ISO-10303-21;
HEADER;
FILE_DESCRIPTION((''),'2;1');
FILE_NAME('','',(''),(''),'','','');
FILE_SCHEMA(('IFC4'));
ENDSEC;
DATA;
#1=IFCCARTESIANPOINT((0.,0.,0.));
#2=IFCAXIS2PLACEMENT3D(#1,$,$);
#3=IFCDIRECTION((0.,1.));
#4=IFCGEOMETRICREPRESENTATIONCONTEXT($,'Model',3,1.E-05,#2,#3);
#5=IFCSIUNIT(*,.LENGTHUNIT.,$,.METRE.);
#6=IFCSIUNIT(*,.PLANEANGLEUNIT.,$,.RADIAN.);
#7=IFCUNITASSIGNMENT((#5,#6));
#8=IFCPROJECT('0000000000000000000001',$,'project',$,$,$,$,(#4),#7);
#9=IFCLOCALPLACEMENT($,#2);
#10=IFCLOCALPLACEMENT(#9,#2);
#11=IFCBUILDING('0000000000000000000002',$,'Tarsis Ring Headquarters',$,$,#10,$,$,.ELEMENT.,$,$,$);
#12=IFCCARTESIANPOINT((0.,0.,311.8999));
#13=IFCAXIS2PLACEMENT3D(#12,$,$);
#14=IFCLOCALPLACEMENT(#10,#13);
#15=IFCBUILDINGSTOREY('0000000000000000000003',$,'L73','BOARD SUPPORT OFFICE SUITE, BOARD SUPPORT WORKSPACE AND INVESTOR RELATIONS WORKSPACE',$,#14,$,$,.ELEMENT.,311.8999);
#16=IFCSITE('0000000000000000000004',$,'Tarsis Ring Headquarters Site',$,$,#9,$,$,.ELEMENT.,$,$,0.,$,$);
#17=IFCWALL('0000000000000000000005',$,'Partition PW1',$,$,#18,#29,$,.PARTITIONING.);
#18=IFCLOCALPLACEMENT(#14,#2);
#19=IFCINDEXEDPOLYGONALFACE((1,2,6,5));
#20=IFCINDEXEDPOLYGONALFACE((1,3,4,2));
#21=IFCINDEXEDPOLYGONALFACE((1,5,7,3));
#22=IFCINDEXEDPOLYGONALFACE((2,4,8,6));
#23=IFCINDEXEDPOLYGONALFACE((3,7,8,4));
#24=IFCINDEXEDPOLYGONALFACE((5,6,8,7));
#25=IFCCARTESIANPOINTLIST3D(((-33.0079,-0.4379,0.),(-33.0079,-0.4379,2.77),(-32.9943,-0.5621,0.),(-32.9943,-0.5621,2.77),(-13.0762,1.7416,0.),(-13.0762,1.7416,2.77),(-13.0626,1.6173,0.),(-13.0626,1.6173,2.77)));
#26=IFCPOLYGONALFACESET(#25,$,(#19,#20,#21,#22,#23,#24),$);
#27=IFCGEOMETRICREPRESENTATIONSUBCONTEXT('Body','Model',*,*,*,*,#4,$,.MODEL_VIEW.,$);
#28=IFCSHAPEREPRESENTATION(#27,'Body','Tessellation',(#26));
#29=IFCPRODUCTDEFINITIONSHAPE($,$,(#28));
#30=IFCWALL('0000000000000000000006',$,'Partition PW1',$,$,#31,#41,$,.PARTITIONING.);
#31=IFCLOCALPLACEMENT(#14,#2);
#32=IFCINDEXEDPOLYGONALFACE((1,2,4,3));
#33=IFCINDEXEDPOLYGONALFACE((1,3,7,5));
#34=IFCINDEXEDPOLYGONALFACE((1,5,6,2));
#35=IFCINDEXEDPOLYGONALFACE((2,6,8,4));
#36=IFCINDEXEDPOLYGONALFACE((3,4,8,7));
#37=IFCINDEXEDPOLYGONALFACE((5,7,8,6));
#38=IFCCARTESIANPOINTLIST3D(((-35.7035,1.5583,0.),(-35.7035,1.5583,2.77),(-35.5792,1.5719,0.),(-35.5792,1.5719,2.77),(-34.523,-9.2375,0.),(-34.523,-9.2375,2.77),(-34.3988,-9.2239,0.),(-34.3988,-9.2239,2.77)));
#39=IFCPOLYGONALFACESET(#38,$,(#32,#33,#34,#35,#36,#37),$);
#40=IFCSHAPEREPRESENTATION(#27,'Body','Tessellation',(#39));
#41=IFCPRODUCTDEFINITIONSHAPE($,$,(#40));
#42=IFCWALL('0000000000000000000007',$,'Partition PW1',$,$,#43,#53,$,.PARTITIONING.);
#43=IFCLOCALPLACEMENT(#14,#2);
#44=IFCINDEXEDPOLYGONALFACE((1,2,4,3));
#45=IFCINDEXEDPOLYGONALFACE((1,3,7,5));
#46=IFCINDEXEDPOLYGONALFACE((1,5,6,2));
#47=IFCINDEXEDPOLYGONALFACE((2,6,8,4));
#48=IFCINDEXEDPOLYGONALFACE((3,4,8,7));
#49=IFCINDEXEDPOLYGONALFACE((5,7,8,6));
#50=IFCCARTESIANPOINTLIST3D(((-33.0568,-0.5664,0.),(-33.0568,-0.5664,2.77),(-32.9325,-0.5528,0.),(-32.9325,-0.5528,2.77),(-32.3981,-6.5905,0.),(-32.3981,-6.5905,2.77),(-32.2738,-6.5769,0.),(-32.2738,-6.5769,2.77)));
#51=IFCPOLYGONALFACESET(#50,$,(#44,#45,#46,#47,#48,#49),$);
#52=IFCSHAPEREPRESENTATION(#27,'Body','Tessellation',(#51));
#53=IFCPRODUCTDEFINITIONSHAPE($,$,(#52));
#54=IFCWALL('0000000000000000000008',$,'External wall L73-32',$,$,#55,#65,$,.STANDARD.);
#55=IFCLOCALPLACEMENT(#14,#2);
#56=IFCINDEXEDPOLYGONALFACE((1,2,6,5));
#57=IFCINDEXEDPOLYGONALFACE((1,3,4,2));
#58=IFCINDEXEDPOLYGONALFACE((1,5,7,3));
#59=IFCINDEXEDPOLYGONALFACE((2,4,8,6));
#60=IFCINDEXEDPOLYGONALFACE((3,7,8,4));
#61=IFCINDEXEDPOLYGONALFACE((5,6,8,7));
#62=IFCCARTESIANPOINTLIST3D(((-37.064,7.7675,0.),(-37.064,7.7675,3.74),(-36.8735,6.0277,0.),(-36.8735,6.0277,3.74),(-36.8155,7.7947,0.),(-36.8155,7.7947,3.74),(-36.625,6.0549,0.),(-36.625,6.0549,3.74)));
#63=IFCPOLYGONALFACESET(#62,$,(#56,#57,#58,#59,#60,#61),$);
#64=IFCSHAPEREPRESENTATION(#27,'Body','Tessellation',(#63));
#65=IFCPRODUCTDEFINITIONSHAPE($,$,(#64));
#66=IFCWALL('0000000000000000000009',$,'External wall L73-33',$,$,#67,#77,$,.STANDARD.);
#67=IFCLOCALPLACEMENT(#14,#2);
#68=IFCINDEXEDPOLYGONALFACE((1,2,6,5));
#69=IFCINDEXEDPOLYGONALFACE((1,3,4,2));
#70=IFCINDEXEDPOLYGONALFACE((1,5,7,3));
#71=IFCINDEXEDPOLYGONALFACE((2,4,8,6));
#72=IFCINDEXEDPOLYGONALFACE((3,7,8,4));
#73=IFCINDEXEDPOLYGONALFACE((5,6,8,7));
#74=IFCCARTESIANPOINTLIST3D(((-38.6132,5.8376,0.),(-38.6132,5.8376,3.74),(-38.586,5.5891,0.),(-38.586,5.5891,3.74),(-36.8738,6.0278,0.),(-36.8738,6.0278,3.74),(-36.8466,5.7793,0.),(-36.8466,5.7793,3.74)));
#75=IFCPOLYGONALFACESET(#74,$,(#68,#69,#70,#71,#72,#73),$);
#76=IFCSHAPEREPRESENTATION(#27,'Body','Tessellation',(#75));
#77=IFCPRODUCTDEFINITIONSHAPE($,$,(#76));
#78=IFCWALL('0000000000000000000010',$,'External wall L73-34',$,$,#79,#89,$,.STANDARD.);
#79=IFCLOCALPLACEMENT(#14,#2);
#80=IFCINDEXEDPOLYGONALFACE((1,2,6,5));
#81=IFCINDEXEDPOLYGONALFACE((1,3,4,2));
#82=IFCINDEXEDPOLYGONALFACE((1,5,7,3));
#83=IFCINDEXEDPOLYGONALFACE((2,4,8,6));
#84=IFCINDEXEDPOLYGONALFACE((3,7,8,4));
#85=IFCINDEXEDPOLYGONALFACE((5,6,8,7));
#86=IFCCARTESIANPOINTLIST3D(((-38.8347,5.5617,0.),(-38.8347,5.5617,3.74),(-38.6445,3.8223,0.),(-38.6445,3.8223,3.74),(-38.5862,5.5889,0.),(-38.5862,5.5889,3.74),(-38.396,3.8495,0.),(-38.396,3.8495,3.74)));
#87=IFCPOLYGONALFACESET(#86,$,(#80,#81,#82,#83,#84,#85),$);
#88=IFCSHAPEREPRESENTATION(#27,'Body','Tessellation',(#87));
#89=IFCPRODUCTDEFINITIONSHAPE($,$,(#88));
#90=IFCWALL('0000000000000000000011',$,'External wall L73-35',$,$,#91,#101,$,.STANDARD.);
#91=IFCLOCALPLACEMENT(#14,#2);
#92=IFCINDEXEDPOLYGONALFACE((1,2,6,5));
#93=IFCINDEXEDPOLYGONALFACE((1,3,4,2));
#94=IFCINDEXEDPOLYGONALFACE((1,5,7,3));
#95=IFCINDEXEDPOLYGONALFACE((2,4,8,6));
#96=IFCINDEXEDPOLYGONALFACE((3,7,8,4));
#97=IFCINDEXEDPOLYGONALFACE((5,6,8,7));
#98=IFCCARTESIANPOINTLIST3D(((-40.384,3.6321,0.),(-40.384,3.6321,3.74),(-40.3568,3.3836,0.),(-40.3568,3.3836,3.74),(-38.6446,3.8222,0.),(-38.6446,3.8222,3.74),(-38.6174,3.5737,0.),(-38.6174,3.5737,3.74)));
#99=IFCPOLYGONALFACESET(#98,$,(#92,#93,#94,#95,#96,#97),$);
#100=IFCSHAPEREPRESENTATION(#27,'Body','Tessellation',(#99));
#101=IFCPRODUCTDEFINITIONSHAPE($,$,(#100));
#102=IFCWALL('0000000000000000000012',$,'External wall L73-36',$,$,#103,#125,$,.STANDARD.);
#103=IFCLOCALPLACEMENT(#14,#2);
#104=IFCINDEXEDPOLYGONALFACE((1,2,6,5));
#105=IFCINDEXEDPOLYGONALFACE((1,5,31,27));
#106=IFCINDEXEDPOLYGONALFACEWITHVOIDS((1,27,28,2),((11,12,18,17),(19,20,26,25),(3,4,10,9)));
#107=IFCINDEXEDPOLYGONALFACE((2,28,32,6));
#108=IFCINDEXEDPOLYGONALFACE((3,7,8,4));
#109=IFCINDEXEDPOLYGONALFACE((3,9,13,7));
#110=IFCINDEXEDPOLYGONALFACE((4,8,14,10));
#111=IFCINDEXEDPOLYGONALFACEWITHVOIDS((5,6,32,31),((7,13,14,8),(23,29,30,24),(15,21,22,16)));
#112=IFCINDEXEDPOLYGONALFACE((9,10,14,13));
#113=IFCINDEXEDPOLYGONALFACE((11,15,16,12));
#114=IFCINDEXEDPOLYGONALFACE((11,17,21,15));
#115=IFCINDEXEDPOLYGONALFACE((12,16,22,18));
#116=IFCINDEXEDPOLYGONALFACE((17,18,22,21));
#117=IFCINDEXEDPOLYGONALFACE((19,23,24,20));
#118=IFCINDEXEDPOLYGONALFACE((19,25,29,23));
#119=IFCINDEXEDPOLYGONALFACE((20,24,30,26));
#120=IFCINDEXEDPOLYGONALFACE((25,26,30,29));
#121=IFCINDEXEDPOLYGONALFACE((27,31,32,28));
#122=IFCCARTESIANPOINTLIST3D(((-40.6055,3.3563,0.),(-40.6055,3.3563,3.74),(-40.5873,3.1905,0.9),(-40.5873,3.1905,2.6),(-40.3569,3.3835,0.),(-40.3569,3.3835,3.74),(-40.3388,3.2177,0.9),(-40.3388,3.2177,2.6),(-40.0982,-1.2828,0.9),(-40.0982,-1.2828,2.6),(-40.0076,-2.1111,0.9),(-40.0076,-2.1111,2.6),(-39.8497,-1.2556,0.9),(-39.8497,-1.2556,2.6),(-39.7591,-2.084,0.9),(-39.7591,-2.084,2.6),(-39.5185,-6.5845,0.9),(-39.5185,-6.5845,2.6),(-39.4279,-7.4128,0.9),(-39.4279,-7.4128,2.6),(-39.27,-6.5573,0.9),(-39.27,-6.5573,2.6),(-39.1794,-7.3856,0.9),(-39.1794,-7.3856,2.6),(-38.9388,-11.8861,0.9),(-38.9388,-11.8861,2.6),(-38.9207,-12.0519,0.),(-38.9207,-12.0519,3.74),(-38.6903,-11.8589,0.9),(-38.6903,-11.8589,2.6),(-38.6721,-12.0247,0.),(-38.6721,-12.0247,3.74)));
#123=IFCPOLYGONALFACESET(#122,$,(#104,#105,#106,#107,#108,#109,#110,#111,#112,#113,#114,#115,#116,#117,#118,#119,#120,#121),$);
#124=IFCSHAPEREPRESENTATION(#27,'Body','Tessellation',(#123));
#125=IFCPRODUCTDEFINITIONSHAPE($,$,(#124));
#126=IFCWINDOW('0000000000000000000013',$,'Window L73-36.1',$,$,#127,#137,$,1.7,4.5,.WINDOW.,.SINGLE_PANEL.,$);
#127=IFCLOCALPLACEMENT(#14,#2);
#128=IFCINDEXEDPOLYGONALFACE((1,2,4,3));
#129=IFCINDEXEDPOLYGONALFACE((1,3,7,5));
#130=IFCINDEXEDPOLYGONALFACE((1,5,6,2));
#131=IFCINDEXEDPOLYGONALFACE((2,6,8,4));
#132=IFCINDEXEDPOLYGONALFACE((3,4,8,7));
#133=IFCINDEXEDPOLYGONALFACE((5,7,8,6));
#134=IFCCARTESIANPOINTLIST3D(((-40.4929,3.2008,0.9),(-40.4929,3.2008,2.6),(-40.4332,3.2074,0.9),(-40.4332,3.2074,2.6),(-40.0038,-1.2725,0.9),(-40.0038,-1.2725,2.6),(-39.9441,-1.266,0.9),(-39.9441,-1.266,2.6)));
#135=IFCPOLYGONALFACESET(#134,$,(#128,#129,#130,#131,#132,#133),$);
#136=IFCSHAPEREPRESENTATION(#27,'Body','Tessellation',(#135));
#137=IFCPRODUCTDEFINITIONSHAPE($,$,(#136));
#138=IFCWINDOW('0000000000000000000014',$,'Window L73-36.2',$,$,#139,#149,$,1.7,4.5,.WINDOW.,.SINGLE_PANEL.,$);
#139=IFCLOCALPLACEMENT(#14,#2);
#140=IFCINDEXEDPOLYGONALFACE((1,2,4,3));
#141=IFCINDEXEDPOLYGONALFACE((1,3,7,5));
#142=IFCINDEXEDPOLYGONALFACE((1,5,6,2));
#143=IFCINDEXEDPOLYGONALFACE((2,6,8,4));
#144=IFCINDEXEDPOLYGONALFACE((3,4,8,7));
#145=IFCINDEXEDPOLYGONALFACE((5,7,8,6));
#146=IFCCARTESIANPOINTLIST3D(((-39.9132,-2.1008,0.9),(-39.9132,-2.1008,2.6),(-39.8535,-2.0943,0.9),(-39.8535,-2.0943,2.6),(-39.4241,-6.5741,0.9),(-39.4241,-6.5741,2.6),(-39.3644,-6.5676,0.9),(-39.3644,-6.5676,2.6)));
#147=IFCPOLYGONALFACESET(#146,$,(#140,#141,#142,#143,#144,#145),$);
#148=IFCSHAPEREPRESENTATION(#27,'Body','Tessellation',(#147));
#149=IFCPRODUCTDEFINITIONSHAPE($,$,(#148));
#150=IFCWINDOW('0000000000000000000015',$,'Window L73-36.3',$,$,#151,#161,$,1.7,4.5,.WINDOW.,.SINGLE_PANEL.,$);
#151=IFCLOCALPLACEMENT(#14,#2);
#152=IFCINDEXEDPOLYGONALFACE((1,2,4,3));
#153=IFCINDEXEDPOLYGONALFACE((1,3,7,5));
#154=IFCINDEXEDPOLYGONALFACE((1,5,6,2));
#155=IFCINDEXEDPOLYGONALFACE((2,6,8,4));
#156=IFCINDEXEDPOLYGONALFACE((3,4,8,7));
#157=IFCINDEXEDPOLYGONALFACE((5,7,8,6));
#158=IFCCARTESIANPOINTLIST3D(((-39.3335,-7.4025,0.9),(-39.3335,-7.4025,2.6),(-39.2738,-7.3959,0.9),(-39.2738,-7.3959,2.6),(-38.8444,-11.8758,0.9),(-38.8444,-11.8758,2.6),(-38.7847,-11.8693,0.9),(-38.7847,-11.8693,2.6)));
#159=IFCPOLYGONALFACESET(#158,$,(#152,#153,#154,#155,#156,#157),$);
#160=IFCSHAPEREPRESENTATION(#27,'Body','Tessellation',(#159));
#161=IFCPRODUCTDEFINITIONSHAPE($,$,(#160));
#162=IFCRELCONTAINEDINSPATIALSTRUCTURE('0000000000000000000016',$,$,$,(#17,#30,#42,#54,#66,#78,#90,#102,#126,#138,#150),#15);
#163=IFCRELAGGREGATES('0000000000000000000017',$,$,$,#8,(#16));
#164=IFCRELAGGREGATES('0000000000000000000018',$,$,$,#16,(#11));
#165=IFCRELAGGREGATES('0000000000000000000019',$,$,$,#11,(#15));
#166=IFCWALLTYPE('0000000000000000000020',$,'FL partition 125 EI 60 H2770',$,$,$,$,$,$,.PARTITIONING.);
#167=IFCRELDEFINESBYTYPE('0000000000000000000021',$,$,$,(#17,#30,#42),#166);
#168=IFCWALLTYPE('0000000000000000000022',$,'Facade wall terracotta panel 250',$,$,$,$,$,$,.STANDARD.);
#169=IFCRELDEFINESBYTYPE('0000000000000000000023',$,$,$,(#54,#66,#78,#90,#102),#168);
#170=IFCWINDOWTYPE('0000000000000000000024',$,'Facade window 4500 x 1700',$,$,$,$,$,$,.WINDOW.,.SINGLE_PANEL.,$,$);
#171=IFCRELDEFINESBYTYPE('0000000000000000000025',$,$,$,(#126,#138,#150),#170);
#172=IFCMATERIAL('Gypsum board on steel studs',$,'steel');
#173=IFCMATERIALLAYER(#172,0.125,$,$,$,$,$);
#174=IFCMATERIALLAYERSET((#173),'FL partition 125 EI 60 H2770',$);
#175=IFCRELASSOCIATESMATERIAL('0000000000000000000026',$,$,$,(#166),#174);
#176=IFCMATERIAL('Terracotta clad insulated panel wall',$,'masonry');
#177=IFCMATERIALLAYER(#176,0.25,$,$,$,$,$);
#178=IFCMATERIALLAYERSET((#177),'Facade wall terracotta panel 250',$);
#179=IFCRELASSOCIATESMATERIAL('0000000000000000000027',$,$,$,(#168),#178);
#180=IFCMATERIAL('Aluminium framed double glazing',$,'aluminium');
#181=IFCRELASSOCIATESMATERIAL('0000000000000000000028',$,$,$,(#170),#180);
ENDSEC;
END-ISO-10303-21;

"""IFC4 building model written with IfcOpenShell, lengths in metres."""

from ifc_helpers import new_model, si_unit, direction, frame, frame_2d, origin, place, context, subcontext, project, spatial, rectangle, extrude, material, layer, layer_set, type_object, element, fill, save


model = new_model("IFC4")

# Units and contexts
model_context = context("Model", 3, precision=1e-05, world=origin(), true_north=direction((0.0, 1.0)))
body_context = subcontext(model_context, "Body", "Model", "MODEL_VIEW")
ifc_project = project(units=[si_unit("LENGTHUNIT", "METRE"), si_unit("PLANEANGLEUNIT", "RADIAN")], contexts=[model_context])

# Site, building, storey
site_placement = place(None, origin())
site = spatial("IfcSite", under=ifc_project, at=site_placement, Name="Tarsis Ring Headquarters Site", CompositionType="ELEMENT", RefElevation=0.0)
building_placement = place(site_placement, origin())
building = spatial("IfcBuilding", under=site, at=building_placement, Name="Tarsis Ring Headquarters", CompositionType="ELEMENT")
storey_placement = place(building_placement, frame((0.0, 0.0, 311.8999)))
storey = spatial("IfcBuildingStorey", under=building, at=storey_placement, Name="L73", Description="BOARD SUPPORT OFFICE SUITE, BOARD SUPPORT WORKSPACE AND INVESTOR RELATIONS WORKSPACE", CompositionType="ELEMENT", Elevation=311.8999)

# Shared definitions
ifc_material_1 = material(Name="Gypsum board on steel studs", Category="steel")

# Shared definitions
ifc_layer_1 = layer(ifc_material_1, 0.125)
ifc_layer_set_1 = layer_set([ifc_layer_1], Name="FL partition 125 EI 60 H2770")
wall_type_1 = type_object("IfcWallType", Name="FL partition 125 EI 60 H2770", PredefinedType="PARTITIONING", material=ifc_layer_set_1)

# Walls
wall_1_placement = place(storey_placement, frame((-33.0012, -0.5, 0.0), z_axis=(0.0, 0.0, 1.0), x_axis=(0.994075, 0.108698, 0.0)))
element("IfcWall", 1, at=wall_1_placement, inside=storey, type_object=wall_type_1, Name="Partition PW1", PredefinedType="PARTITIONING", context=body_context, shape_type="SweptSolid", body=[
    extrude(rectangle(XDim=20.0505, YDim=0.125, at=frame_2d((10.0254, 0.0))), origin(), (0.0, 0.0, 1.0), 2.77),
])
wall_2_placement = place(storey_placement, frame((-35.6414, 1.5652, 0.0), z_axis=(0.0, 0.0, 1.0), x_axis=(0.108694, -0.994075, 0.0)))
element("IfcWall", 2, at=wall_2_placement, inside=storey, type_object=wall_type_1, Name="Partition PW1", PredefinedType="PARTITIONING", context=body_context, shape_type="SweptSolid", body=[
    extrude(rectangle(XDim=10.8601, YDim=0.125, at=frame_2d((5.4302, 0.0))), origin(), (0.0, 0.0, 1.0), 2.77),
])
wall_3_placement = place(storey_placement, frame((-32.9946, -0.5596, 0.0), z_axis=(0.0, 0.0, 1.0), x_axis=(0.108694, -0.994075, 0.0)))
element("IfcWall", 3, at=wall_3_placement, inside=storey, type_object=wall_type_1, Name="Partition PW1", PredefinedType="PARTITIONING", context=body_context, shape_type="SweptSolid", body=[
    extrude(rectangle(XDim=6.0601, YDim=0.125, at=frame_2d((3.03, 0.0))), origin(), (0.0, 0.0, 1.0), 2.77),
])
ifc_material_2 = material(Name="Terracotta clad insulated panel wall", Category="masonry")
ifc_layer_2 = layer(ifc_material_2, 0.25)
ifc_layer_set_2 = layer_set([ifc_layer_2], Name="Facade wall terracotta panel 250")
wall_type_2 = type_object("IfcWallType", Name="Facade wall terracotta panel 250", PredefinedType="STANDARD", material=ifc_layer_set_2)
wall_4_placement = place(storey_placement, frame((-36.9397, 7.781, 0.0), z_axis=(0.0, 0.0, 1.0), x_axis=(0.108808, -0.994063, 0.0)))
element("IfcWall", 4, at=wall_4_placement, inside=storey, type_object=wall_type_2, Name="External wall L73-32", PredefinedType="STANDARD", context=body_context, shape_type="SweptSolid", body=[
    extrude(rectangle(XDim=1.7502, YDim=0.25, at=frame_2d((0.875, 0.0))), origin(), (0.0, 0.0, 1.0), 3.74),
])
for number, where, z_axis, x_axis, name in (
    (5, (-36.8601, 5.9036, 0.0), (0.0, 0.0, 1.0), (-0.994076, -0.108686, 0.0), "External wall L73-33"),
    (6, (-38.7104, 5.5754, 0.0), (0.0, 0.0, 1.0), (0.108686, -0.994076, 0.0), "External wall L73-34"),
    (7, (-38.6309, 3.698, 0.0), (0.0, 0.0, 1.0), (-0.994076, -0.108686, 0.0), "External wall L73-35"),
):
    element("IfcWall", number, at=place(storey_placement, frame(where, z_axis=z_axis, x_axis=x_axis)), inside=storey, type_object=wall_type_2, Name=name, PredefinedType="STANDARD", context=body_context, shape_type="SweptSolid", body=[
        extrude(rectangle(XDim=1.7498, YDim=0.25, at=frame_2d((0.875, 0.0))), origin(), (0.0, 0.0, 1.0), 3.74),
    ])

# Wall, openings, windows
wall_5_placement = place(storey_placement, frame((-40.4812, 3.3699, 0.0), z_axis=(0.0, 0.0, 1.0), x_axis=(0.108697, -0.994075, 0.0)))
wall_5 = element("IfcWall", 8, at=wall_5_placement, inside=storey, type_object=wall_type_2, Name="External wall L73-36", PredefinedType="STANDARD", context=body_context, shape_type="SweptSolid", body=[
    extrude(rectangle(XDim=15.5, YDim=0.25, at=frame_2d((7.75, 0.0))), origin(), (0.0, 0.0, 1.0), 3.74),
])
opening_1_placement = place(wall_5_placement, frame((0.1667, 0.0, 0.8999)))
opening_1 = element("IfcOpeningElement", 9, at=opening_1_placement, cuts=wall_5, PredefinedType="OPENING", context=body_context, shape_type="SweptSolid", body=[
    extrude(rectangle(XDim=4.5, YDim=1.7, at=frame_2d((2.25, 0.8501))), frame((0.0, 0.135, 0.0), z_axis=(0.0, -1.0, 0.0), x_axis=(1.0, 0.0, 0.0)), (0.0, 0.0, 1.0), 0.27),
])
opening_2_placement = place(wall_5_placement, frame((5.5, 0.0, 0.8999)))
opening_2 = element("IfcOpeningElement", 10, at=opening_2_placement, cuts=wall_5, PredefinedType="OPENING", context=body_context, shape_type="SweptSolid", body=[
    extrude(rectangle(XDim=4.5, YDim=1.7, at=frame_2d((2.25, 0.8501))), frame((0.0, 0.135, 0.0), z_axis=(0.0, -1.0, 0.0), x_axis=(1.0, 0.0, 0.0)), (0.0, 0.0, 1.0), 0.27),
])
opening_3_placement = place(wall_5_placement, frame((10.8333, 0.0, 0.8999)))
opening_3 = element("IfcOpeningElement", 11, at=opening_3_placement, cuts=wall_5, PredefinedType="OPENING", context=body_context, shape_type="SweptSolid", body=[
    extrude(rectangle(XDim=4.5, YDim=1.7, at=frame_2d((2.25, 0.8501))), frame((0.0, 0.135, 0.0), z_axis=(0.0, -1.0, 0.0), x_axis=(1.0, 0.0, 0.0)), (0.0, 0.0, 1.0), 0.27),
])
ifc_material_3 = material(Name="Aluminium framed double glazing", Category="aluminium")
window_type = type_object("IfcWindowType", Name="Facade window 4500 x 1700", PartitioningType="SINGLE_PANEL", PredefinedType="WINDOW", material=ifc_material_3)
window_1_placement = place(opening_1_placement, origin())
window_1 = element("IfcWindow", 12, at=window_1_placement, inside=storey, type_object=window_type, Name="Window L73-36.1", OverallHeight=1.7, OverallWidth=4.5, PartitioningType="SINGLE_PANEL", PredefinedType="WINDOW", context=body_context, shape_type="SweptSolid", body=[
    extrude(rectangle(XDim=4.5, YDim=1.7, at=frame_2d((2.25, 0.8501))), frame((0.0, 0.03, 0.0), z_axis=(0.0, -1.0, 0.0), x_axis=(1.0, 0.0, 0.0)), (0.0, 0.0, 1.0), 0.0601),
])
fill(opening_1, window_1)
window_2_placement = place(opening_2_placement, origin())
window_2 = element("IfcWindow", 13, at=window_2_placement, inside=storey, type_object=window_type, Name="Window L73-36.2", OverallHeight=1.7, OverallWidth=4.5, PartitioningType="SINGLE_PANEL", PredefinedType="WINDOW", context=body_context, shape_type="SweptSolid", body=[
    extrude(rectangle(XDim=4.5, YDim=1.7, at=frame_2d((2.25, 0.8501))), frame((0.0, 0.03, 0.0), z_axis=(0.0, -1.0, 0.0), x_axis=(1.0, 0.0, 0.0)), (0.0, 0.0, 1.0), 0.0601),
])
fill(opening_2, window_2)
window_3_placement = place(opening_3_placement, origin())
window_3 = element("IfcWindow", 14, at=window_3_placement, inside=storey, type_object=window_type, Name="Window L73-36.3", OverallHeight=1.7, OverallWidth=4.5, PartitioningType="SINGLE_PANEL", PredefinedType="WINDOW", context=body_context, shape_type="SweptSolid", body=[
    extrude(rectangle(XDim=4.5, YDim=1.7, at=frame_2d((2.25, 0.8501))), frame((0.0, 0.03, 0.0), z_axis=(0.0, -1.0, 0.0), x_axis=(1.0, 0.0, 0.0)), (0.0, 0.0, 1.0), 0.0601),
])
fill(opening_3, window_3)

save(model, "model.ifc")
